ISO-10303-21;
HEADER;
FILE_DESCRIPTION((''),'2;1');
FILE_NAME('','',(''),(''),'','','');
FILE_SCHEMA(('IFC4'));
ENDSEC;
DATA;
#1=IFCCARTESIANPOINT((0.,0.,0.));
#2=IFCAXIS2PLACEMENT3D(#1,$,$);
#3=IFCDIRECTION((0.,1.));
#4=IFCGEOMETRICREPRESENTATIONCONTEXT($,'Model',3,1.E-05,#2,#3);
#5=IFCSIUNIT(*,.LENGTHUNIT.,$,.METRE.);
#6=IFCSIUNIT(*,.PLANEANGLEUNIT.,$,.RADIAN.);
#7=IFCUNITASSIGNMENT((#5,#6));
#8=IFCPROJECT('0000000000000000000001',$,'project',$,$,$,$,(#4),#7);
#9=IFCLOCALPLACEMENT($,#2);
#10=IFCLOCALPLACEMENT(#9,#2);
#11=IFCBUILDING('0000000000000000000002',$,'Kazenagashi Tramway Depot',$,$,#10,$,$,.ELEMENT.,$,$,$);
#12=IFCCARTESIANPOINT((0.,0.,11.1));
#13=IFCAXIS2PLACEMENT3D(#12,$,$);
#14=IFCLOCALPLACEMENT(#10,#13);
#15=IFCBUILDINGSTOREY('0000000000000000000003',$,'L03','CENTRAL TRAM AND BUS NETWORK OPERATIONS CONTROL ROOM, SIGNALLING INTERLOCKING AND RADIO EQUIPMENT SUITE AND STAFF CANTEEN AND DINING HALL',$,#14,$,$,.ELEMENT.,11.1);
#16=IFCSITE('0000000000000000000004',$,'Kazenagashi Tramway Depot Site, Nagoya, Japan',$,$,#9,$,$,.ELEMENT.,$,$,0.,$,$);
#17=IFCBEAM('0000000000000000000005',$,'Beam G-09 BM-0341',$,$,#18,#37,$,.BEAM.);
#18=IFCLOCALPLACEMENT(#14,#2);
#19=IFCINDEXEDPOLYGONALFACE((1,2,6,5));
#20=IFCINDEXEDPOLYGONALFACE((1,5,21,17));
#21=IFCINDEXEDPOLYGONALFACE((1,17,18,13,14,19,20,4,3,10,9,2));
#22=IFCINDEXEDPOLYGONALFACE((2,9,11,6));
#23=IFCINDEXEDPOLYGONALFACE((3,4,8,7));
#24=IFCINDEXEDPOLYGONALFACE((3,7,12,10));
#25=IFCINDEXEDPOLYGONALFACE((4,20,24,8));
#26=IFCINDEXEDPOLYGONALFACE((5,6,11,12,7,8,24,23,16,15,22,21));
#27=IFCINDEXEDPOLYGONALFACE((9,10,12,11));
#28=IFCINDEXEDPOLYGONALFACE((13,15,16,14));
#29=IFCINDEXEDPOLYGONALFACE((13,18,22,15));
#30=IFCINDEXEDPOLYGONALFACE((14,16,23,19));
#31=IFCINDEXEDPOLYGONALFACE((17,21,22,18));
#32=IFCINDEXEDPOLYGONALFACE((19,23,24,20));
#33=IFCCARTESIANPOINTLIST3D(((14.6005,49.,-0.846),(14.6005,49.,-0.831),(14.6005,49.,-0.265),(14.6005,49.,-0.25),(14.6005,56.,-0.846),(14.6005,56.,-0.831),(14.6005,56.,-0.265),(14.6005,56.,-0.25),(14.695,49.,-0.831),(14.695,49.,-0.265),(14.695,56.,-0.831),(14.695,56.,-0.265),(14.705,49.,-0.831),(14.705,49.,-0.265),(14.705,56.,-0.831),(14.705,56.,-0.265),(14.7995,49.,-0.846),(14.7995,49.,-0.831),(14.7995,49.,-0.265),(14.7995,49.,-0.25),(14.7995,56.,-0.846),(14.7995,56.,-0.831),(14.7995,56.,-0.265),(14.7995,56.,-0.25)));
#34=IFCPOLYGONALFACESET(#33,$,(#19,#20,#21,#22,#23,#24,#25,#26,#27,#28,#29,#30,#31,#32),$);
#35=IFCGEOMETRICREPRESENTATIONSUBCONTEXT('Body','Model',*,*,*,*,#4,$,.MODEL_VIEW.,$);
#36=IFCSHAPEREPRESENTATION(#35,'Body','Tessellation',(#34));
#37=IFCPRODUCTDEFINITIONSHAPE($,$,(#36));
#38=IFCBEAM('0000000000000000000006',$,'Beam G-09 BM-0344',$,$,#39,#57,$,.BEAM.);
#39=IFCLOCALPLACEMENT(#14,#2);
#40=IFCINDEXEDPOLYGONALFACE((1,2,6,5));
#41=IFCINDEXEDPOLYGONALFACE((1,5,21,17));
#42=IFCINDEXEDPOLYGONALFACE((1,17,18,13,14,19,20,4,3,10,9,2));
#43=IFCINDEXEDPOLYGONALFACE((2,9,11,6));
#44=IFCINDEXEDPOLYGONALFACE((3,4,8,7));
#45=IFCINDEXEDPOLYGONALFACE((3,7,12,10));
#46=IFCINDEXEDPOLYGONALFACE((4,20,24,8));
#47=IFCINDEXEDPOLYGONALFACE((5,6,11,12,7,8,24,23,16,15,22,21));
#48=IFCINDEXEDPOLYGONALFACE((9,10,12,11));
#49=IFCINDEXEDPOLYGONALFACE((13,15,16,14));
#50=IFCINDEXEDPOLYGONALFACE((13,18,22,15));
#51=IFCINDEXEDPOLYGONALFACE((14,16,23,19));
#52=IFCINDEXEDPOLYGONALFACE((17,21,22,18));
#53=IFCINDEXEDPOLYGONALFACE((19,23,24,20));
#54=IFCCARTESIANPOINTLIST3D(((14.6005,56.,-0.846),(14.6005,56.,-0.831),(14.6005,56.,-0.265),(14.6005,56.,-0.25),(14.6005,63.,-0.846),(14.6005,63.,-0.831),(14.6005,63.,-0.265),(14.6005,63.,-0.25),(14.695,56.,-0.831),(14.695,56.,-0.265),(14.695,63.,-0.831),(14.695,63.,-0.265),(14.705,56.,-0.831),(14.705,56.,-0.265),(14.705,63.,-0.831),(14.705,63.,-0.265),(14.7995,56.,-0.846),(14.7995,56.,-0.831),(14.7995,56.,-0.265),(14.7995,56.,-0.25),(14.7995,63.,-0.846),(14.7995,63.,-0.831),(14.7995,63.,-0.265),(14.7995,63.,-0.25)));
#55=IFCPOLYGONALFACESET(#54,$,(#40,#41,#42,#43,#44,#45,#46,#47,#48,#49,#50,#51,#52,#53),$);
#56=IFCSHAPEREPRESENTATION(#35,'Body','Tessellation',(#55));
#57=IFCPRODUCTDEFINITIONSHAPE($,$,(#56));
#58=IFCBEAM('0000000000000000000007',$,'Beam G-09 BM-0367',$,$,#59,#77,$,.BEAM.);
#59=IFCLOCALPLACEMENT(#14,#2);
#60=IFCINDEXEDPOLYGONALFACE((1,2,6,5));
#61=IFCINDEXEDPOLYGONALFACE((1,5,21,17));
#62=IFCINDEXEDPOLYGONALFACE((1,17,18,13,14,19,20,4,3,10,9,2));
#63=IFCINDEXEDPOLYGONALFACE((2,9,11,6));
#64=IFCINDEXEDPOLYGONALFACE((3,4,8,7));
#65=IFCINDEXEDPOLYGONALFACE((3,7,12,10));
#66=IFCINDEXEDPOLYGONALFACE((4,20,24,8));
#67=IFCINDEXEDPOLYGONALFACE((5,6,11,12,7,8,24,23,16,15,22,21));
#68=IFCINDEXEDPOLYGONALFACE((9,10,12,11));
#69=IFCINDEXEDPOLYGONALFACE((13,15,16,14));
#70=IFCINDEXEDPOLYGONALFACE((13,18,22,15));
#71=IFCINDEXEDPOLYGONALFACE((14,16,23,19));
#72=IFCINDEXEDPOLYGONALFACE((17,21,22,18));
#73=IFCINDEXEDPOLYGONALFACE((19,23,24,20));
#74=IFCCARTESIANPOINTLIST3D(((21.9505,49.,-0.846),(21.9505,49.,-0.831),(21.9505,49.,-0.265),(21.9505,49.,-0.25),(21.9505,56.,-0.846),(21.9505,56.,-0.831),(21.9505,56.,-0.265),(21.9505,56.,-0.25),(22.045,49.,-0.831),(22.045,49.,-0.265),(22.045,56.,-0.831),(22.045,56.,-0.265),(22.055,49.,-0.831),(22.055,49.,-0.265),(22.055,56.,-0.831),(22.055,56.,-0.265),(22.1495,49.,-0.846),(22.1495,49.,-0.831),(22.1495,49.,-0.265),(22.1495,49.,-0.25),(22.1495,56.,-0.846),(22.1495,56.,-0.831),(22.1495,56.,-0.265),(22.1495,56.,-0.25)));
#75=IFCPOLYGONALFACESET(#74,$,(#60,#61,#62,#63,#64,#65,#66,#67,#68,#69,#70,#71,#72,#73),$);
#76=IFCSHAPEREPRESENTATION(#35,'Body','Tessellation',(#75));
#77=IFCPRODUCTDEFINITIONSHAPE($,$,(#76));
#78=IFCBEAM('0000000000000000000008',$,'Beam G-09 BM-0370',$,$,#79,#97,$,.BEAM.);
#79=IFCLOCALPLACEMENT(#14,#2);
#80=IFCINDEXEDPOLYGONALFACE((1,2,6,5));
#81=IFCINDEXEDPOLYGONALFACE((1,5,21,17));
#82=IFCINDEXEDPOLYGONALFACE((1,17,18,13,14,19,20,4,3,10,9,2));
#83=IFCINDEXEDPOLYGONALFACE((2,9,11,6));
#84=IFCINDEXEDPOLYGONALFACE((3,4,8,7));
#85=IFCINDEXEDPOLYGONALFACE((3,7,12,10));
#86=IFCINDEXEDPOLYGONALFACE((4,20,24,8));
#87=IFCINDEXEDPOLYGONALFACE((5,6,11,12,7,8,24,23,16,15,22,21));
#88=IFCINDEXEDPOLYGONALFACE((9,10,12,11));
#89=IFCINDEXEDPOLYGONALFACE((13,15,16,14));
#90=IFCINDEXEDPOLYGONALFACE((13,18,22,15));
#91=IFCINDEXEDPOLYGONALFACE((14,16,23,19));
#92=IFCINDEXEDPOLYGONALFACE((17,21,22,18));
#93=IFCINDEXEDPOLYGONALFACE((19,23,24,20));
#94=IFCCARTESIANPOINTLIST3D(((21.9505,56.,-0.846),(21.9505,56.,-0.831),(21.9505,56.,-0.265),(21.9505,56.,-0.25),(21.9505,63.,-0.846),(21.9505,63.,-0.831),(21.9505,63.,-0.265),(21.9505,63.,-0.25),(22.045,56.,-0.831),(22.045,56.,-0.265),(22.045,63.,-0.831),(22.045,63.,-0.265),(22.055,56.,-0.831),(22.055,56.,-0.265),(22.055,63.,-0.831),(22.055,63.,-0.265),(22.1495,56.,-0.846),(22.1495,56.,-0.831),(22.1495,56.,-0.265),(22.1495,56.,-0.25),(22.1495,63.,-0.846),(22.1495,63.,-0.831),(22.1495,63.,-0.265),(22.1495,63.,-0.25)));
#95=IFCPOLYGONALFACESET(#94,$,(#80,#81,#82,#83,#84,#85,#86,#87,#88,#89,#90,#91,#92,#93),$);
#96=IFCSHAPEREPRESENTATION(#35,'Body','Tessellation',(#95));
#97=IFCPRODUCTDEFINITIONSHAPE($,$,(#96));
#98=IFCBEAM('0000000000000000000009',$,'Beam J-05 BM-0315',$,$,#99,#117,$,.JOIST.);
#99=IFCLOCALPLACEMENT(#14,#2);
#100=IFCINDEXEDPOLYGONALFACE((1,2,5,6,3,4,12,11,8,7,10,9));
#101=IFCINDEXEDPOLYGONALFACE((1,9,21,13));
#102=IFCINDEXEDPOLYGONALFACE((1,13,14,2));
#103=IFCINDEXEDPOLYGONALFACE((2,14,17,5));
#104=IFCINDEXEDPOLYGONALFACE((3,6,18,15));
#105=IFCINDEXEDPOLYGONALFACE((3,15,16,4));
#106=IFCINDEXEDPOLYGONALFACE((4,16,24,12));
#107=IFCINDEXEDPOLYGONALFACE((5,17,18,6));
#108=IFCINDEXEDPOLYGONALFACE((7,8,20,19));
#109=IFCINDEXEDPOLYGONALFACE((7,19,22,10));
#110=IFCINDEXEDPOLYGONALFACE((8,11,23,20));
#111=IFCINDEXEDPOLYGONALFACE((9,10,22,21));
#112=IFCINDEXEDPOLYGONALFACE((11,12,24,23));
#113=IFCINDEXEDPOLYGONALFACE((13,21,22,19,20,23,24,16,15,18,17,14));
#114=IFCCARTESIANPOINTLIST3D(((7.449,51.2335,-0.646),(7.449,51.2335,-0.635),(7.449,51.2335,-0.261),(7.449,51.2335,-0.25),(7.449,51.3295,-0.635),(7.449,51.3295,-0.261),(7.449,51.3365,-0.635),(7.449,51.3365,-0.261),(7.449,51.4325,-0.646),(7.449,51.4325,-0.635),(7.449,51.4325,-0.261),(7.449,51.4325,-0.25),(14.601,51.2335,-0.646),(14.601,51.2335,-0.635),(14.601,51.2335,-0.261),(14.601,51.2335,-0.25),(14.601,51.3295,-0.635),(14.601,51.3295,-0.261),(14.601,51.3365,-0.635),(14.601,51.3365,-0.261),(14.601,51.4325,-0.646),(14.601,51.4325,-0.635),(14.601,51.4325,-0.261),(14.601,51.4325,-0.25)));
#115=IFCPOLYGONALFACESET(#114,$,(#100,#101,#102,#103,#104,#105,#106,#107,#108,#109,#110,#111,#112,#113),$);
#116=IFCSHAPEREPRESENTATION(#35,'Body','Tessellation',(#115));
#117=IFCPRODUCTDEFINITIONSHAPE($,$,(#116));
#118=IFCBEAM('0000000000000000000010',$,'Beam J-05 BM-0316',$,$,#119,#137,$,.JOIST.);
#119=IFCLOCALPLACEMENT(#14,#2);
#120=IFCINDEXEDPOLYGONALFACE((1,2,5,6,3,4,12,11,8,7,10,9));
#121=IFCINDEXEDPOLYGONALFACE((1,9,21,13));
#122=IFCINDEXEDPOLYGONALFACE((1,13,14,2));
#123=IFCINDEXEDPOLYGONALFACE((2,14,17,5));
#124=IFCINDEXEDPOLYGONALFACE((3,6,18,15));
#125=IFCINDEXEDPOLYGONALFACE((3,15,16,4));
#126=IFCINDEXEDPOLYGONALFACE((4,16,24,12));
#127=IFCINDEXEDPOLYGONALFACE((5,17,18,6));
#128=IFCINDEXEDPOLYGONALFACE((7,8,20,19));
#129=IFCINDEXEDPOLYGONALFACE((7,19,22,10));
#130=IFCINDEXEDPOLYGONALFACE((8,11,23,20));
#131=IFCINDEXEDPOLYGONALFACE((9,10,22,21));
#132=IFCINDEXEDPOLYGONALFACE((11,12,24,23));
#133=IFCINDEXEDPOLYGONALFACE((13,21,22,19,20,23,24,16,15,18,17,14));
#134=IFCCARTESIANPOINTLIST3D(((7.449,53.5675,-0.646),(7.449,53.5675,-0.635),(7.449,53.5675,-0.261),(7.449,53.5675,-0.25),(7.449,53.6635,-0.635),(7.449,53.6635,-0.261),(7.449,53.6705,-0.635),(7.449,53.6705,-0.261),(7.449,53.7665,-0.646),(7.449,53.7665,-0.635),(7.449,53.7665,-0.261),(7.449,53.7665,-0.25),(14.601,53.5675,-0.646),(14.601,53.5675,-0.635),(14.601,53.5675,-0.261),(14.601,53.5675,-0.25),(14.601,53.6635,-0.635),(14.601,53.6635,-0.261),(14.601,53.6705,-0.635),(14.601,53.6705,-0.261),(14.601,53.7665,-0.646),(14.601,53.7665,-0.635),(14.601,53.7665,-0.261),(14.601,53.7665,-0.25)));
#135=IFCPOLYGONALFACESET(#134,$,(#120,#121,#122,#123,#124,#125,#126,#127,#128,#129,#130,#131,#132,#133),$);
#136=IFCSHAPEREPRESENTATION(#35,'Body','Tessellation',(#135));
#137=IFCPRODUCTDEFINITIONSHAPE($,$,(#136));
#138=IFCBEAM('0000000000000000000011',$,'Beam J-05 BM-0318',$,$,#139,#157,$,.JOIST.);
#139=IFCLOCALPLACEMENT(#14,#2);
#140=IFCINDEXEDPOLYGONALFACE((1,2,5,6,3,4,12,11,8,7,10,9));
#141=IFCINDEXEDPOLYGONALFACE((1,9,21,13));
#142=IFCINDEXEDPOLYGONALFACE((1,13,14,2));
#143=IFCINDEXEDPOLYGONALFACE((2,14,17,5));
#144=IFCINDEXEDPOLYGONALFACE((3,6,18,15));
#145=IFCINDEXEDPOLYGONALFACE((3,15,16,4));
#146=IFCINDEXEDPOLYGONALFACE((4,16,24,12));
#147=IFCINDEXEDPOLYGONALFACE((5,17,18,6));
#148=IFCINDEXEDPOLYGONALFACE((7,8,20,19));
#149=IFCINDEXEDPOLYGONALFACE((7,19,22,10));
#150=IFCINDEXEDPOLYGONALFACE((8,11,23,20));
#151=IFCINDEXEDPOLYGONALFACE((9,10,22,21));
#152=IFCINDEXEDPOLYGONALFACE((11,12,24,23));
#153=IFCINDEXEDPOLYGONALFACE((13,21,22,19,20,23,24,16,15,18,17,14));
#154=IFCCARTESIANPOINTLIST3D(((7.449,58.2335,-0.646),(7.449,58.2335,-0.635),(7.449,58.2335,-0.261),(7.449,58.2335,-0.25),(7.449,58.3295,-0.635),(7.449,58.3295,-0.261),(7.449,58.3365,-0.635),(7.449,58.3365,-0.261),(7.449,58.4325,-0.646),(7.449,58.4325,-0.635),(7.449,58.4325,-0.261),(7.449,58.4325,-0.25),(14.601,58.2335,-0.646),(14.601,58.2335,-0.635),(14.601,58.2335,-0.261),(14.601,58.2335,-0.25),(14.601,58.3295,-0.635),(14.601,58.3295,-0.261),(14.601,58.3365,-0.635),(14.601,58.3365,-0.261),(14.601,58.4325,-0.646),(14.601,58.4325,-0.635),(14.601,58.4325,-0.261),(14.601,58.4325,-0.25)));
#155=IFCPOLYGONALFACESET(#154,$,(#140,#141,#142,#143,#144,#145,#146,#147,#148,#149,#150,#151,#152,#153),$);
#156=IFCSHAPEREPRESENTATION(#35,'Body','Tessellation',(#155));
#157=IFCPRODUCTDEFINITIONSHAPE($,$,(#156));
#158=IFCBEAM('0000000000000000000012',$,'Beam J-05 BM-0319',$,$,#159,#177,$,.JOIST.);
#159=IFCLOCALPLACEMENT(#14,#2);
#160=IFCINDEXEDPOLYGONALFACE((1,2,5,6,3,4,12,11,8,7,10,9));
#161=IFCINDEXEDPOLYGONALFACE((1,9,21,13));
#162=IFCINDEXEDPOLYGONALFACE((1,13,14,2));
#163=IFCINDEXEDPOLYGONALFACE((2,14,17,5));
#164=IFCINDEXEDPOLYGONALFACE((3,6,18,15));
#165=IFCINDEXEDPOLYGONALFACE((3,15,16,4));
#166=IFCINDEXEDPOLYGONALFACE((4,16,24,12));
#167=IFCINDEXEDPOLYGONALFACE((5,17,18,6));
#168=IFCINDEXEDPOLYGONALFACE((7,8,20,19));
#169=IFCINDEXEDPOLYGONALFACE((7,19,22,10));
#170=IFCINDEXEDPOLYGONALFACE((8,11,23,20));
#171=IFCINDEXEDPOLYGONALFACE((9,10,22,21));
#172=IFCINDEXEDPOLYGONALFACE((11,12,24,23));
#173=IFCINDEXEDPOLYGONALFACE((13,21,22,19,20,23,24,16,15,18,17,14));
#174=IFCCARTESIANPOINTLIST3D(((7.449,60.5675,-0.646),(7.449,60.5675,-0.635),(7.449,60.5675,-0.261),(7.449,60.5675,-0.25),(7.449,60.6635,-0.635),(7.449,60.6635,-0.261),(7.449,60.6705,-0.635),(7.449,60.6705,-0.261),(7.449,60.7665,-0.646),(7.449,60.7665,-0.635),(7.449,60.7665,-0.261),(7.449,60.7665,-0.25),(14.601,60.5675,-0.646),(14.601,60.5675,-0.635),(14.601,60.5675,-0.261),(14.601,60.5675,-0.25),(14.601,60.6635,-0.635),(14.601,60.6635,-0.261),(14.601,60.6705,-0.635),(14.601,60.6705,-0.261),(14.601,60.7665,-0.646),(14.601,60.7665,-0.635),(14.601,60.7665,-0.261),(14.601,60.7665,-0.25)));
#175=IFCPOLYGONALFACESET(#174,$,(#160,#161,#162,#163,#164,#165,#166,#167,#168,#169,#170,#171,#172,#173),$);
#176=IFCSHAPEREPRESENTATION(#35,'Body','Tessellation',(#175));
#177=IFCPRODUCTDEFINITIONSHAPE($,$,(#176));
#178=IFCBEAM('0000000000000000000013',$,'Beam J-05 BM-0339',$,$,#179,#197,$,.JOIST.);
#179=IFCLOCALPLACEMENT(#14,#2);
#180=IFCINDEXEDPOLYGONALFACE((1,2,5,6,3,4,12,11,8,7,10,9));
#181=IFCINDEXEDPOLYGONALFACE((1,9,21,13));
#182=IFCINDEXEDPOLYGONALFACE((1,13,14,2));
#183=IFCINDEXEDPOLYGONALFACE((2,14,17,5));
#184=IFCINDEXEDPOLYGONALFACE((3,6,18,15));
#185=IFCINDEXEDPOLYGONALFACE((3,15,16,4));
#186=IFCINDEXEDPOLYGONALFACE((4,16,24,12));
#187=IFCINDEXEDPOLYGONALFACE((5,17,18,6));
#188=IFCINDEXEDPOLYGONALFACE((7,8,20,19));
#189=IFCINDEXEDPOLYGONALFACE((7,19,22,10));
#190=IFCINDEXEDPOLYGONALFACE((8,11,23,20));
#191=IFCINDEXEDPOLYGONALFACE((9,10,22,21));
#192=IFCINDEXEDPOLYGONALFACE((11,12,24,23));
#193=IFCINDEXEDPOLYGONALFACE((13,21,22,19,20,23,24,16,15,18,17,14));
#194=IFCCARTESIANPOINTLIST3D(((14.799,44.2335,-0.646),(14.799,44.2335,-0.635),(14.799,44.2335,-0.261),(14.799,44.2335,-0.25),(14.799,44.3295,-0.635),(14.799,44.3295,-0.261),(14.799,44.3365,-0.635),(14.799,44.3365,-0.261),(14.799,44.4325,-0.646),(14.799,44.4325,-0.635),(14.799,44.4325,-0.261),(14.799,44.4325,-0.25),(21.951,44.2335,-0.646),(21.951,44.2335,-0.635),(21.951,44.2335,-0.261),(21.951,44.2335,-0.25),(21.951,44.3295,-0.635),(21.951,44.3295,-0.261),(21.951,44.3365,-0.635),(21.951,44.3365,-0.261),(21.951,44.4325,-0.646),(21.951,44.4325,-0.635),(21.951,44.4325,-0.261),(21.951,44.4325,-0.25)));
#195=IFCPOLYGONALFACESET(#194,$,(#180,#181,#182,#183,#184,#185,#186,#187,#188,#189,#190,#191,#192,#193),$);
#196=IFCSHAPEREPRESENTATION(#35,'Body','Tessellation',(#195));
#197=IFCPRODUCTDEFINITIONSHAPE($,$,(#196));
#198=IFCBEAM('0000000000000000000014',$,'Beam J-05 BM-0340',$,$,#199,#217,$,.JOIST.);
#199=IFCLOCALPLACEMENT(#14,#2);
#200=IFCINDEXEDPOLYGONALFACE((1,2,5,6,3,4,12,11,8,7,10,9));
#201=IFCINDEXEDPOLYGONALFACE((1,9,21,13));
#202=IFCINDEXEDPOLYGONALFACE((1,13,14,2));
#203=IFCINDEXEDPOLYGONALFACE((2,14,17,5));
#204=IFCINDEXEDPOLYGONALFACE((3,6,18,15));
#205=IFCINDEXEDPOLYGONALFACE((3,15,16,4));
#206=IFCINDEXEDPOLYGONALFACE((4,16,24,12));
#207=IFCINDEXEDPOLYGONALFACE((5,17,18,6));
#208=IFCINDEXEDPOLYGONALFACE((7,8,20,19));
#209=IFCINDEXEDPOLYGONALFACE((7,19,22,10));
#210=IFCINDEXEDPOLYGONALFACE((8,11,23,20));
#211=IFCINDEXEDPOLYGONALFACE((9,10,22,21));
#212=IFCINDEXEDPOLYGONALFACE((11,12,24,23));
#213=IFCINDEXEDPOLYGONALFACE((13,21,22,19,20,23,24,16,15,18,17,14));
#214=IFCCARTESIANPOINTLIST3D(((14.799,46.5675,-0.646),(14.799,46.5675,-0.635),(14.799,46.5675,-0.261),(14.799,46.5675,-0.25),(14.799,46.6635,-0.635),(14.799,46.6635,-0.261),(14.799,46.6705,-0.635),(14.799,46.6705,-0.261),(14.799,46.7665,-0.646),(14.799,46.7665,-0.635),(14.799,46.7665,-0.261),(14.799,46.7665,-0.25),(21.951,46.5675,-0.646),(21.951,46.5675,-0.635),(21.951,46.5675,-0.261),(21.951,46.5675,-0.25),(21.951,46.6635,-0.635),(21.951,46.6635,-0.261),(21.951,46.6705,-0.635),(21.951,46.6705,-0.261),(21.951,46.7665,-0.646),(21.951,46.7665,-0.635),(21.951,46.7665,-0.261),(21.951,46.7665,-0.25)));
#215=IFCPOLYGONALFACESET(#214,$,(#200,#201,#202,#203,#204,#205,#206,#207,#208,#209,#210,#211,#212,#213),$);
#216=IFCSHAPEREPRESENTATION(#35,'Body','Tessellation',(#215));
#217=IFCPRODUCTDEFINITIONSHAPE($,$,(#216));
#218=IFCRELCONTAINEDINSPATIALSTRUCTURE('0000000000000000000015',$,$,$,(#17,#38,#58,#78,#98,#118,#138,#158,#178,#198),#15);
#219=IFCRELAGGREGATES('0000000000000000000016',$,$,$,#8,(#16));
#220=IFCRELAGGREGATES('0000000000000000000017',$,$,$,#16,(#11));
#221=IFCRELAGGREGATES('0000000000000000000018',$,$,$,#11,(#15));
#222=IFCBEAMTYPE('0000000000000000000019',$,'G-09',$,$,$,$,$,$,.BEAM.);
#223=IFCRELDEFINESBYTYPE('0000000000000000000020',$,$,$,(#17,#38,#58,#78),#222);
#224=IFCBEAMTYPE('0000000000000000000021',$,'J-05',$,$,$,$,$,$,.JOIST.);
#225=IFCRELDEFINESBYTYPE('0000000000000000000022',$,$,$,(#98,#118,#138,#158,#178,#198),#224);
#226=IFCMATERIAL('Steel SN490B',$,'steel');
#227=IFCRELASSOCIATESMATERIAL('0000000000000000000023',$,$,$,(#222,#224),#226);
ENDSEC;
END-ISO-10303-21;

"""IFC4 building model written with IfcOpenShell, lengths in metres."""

from ifc_helpers import new_model, si_unit, direction, frame, origin, origin_2d, place, context, subcontext, project, spatial, i_section, extrude, material, material_profile, profile_set, type_object, element, save


model = new_model("IFC4")

# Units and contexts
model_context = context("Model", 3, precision=1e-05, world=origin(), true_north=direction((0.0, 1.0)))
body_context = subcontext(model_context, "Body", "Model", "MODEL_VIEW")
ifc_project = project(units=[si_unit("LENGTHUNIT", "METRE"), si_unit("PLANEANGLEUNIT", "RADIAN")], contexts=[model_context])

# Site, building, storey
site_placement = place(None, origin())
site = spatial("IfcSite", under=ifc_project, at=site_placement, Name="Kazenagashi Tramway Depot Site, Nagoya, Japan", CompositionType="ELEMENT", RefElevation=0.0)
building_placement = place(site_placement, origin())
building = spatial("IfcBuilding", under=site, at=building_placement, Name="Kazenagashi Tramway Depot", CompositionType="ELEMENT")
storey_placement = place(building_placement, frame((0.0, 0.0, 11.1)))
storey = spatial("IfcBuildingStorey", under=building, at=storey_placement, Name="L03", Description="CENTRAL TRAM AND BUS NETWORK OPERATIONS CONTROL ROOM, SIGNALLING INTERLOCKING AND RADIO EQUIPMENT SUITE AND STAFF CANTEEN AND DINING HALL", CompositionType="ELEMENT", Elevation=11.1)

# Shared definitions
ifc_material = material(Name="Steel SN490B", Category="steel")

# Beams
ifc_material_profile_1 = material_profile(ifc_material, i_section(OverallWidth=0.199, OverallDepth=0.596, WebThickness=0.01, FlangeThickness=0.015, at=origin_2d()), Name="H-596x199x10x15")
ifc_profile_set_1 = profile_set([ifc_material_profile_1], Name="Steel SN490B")
beam_type_1 = type_object("IfcBeamType", Name="G-09", PredefinedType="BEAM", material=ifc_profile_set_1)
for number, where, z_axis, x_axis, name in (
    (1, (14.7, 49.0, -0.548), (0.0, 1.0, 0.0), (-1.0, 0.0, 0.0), "Beam G-09 BM-0341"),
    (2, (14.7, 56.0, -0.548), (0.0, 1.0, 0.0), (-1.0, 0.0, 0.0), "Beam G-09 BM-0344"),
    (3, (22.05, 49.0, -0.548), (0.0, 1.0, 0.0), (-1.0, 0.0, 0.0), "Beam G-09 BM-0367"),
    (4, (22.05, 56.0, -0.548), (0.0, 1.0, 0.0), (-1.0, 0.0, 0.0), "Beam G-09 BM-0370"),
):
    element("IfcBeam", number, at=place(storey_placement, frame(where, z_axis=z_axis, x_axis=x_axis)), inside=storey, type_object=beam_type_1, Name=name, PredefinedType="BEAM", context=body_context, shape_type="SweptSolid", body=[
        extrude(i_section(OverallWidth=0.199, OverallDepth=0.596, WebThickness=0.01, FlangeThickness=0.015, at=origin_2d()), origin(), (0.0, 0.0, 1.0), 7.0),
    ])
ifc_material_profile_2 = material_profile(ifc_material, i_section(OverallWidth=0.199, OverallDepth=0.396, WebThickness=0.007, FlangeThickness=0.011, at=origin_2d()), Name="H-396x199x7x11")
ifc_profile_set_2 = profile_set([ifc_material_profile_2], Name="Steel SN490B")
beam_type_2 = type_object("IfcBeamType", Name="J-05", PredefinedType="JOIST", material=ifc_profile_set_2)
for number, where, z_axis, x_axis, name in (
    (5, (7.449, 51.333, -0.448), (1.0, 0.0, 0.0), (0.0, 1.0, 0.0), "Beam J-05 BM-0315"),
    (6, (7.449, 53.667, -0.448), (1.0, 0.0, 0.0), (0.0, 1.0, 0.0), "Beam J-05 BM-0316"),
    (7, (7.449, 58.333, -0.448), (1.0, 0.0, 0.0), (0.0, 1.0, 0.0), "Beam J-05 BM-0318"),
    (8, (7.449, 60.667, -0.448), (1.0, 0.0, 0.0), (0.0, 1.0, 0.0), "Beam J-05 BM-0319"),
    (9, (14.799, 44.333, -0.448), (1.0, 0.0, 0.0), (0.0, 1.0, 0.0), "Beam J-05 BM-0339"),
    (10, (14.799, 46.667, -0.448), (1.0, 0.0, 0.0), (0.0, 1.0, 0.0), "Beam J-05 BM-0340"),
):
    element("IfcBeam", number, at=place(storey_placement, frame(where, z_axis=z_axis, x_axis=x_axis)), inside=storey, type_object=beam_type_2, Name=name, PredefinedType="JOIST", context=body_context, shape_type="SweptSolid", body=[
        extrude(i_section(OverallWidth=0.199, OverallDepth=0.396, WebThickness=0.007, FlangeThickness=0.011, at=origin_2d()), origin(), (0.0, 0.0, 1.0), 7.152),
    ])

save(model, "model.ifc")
